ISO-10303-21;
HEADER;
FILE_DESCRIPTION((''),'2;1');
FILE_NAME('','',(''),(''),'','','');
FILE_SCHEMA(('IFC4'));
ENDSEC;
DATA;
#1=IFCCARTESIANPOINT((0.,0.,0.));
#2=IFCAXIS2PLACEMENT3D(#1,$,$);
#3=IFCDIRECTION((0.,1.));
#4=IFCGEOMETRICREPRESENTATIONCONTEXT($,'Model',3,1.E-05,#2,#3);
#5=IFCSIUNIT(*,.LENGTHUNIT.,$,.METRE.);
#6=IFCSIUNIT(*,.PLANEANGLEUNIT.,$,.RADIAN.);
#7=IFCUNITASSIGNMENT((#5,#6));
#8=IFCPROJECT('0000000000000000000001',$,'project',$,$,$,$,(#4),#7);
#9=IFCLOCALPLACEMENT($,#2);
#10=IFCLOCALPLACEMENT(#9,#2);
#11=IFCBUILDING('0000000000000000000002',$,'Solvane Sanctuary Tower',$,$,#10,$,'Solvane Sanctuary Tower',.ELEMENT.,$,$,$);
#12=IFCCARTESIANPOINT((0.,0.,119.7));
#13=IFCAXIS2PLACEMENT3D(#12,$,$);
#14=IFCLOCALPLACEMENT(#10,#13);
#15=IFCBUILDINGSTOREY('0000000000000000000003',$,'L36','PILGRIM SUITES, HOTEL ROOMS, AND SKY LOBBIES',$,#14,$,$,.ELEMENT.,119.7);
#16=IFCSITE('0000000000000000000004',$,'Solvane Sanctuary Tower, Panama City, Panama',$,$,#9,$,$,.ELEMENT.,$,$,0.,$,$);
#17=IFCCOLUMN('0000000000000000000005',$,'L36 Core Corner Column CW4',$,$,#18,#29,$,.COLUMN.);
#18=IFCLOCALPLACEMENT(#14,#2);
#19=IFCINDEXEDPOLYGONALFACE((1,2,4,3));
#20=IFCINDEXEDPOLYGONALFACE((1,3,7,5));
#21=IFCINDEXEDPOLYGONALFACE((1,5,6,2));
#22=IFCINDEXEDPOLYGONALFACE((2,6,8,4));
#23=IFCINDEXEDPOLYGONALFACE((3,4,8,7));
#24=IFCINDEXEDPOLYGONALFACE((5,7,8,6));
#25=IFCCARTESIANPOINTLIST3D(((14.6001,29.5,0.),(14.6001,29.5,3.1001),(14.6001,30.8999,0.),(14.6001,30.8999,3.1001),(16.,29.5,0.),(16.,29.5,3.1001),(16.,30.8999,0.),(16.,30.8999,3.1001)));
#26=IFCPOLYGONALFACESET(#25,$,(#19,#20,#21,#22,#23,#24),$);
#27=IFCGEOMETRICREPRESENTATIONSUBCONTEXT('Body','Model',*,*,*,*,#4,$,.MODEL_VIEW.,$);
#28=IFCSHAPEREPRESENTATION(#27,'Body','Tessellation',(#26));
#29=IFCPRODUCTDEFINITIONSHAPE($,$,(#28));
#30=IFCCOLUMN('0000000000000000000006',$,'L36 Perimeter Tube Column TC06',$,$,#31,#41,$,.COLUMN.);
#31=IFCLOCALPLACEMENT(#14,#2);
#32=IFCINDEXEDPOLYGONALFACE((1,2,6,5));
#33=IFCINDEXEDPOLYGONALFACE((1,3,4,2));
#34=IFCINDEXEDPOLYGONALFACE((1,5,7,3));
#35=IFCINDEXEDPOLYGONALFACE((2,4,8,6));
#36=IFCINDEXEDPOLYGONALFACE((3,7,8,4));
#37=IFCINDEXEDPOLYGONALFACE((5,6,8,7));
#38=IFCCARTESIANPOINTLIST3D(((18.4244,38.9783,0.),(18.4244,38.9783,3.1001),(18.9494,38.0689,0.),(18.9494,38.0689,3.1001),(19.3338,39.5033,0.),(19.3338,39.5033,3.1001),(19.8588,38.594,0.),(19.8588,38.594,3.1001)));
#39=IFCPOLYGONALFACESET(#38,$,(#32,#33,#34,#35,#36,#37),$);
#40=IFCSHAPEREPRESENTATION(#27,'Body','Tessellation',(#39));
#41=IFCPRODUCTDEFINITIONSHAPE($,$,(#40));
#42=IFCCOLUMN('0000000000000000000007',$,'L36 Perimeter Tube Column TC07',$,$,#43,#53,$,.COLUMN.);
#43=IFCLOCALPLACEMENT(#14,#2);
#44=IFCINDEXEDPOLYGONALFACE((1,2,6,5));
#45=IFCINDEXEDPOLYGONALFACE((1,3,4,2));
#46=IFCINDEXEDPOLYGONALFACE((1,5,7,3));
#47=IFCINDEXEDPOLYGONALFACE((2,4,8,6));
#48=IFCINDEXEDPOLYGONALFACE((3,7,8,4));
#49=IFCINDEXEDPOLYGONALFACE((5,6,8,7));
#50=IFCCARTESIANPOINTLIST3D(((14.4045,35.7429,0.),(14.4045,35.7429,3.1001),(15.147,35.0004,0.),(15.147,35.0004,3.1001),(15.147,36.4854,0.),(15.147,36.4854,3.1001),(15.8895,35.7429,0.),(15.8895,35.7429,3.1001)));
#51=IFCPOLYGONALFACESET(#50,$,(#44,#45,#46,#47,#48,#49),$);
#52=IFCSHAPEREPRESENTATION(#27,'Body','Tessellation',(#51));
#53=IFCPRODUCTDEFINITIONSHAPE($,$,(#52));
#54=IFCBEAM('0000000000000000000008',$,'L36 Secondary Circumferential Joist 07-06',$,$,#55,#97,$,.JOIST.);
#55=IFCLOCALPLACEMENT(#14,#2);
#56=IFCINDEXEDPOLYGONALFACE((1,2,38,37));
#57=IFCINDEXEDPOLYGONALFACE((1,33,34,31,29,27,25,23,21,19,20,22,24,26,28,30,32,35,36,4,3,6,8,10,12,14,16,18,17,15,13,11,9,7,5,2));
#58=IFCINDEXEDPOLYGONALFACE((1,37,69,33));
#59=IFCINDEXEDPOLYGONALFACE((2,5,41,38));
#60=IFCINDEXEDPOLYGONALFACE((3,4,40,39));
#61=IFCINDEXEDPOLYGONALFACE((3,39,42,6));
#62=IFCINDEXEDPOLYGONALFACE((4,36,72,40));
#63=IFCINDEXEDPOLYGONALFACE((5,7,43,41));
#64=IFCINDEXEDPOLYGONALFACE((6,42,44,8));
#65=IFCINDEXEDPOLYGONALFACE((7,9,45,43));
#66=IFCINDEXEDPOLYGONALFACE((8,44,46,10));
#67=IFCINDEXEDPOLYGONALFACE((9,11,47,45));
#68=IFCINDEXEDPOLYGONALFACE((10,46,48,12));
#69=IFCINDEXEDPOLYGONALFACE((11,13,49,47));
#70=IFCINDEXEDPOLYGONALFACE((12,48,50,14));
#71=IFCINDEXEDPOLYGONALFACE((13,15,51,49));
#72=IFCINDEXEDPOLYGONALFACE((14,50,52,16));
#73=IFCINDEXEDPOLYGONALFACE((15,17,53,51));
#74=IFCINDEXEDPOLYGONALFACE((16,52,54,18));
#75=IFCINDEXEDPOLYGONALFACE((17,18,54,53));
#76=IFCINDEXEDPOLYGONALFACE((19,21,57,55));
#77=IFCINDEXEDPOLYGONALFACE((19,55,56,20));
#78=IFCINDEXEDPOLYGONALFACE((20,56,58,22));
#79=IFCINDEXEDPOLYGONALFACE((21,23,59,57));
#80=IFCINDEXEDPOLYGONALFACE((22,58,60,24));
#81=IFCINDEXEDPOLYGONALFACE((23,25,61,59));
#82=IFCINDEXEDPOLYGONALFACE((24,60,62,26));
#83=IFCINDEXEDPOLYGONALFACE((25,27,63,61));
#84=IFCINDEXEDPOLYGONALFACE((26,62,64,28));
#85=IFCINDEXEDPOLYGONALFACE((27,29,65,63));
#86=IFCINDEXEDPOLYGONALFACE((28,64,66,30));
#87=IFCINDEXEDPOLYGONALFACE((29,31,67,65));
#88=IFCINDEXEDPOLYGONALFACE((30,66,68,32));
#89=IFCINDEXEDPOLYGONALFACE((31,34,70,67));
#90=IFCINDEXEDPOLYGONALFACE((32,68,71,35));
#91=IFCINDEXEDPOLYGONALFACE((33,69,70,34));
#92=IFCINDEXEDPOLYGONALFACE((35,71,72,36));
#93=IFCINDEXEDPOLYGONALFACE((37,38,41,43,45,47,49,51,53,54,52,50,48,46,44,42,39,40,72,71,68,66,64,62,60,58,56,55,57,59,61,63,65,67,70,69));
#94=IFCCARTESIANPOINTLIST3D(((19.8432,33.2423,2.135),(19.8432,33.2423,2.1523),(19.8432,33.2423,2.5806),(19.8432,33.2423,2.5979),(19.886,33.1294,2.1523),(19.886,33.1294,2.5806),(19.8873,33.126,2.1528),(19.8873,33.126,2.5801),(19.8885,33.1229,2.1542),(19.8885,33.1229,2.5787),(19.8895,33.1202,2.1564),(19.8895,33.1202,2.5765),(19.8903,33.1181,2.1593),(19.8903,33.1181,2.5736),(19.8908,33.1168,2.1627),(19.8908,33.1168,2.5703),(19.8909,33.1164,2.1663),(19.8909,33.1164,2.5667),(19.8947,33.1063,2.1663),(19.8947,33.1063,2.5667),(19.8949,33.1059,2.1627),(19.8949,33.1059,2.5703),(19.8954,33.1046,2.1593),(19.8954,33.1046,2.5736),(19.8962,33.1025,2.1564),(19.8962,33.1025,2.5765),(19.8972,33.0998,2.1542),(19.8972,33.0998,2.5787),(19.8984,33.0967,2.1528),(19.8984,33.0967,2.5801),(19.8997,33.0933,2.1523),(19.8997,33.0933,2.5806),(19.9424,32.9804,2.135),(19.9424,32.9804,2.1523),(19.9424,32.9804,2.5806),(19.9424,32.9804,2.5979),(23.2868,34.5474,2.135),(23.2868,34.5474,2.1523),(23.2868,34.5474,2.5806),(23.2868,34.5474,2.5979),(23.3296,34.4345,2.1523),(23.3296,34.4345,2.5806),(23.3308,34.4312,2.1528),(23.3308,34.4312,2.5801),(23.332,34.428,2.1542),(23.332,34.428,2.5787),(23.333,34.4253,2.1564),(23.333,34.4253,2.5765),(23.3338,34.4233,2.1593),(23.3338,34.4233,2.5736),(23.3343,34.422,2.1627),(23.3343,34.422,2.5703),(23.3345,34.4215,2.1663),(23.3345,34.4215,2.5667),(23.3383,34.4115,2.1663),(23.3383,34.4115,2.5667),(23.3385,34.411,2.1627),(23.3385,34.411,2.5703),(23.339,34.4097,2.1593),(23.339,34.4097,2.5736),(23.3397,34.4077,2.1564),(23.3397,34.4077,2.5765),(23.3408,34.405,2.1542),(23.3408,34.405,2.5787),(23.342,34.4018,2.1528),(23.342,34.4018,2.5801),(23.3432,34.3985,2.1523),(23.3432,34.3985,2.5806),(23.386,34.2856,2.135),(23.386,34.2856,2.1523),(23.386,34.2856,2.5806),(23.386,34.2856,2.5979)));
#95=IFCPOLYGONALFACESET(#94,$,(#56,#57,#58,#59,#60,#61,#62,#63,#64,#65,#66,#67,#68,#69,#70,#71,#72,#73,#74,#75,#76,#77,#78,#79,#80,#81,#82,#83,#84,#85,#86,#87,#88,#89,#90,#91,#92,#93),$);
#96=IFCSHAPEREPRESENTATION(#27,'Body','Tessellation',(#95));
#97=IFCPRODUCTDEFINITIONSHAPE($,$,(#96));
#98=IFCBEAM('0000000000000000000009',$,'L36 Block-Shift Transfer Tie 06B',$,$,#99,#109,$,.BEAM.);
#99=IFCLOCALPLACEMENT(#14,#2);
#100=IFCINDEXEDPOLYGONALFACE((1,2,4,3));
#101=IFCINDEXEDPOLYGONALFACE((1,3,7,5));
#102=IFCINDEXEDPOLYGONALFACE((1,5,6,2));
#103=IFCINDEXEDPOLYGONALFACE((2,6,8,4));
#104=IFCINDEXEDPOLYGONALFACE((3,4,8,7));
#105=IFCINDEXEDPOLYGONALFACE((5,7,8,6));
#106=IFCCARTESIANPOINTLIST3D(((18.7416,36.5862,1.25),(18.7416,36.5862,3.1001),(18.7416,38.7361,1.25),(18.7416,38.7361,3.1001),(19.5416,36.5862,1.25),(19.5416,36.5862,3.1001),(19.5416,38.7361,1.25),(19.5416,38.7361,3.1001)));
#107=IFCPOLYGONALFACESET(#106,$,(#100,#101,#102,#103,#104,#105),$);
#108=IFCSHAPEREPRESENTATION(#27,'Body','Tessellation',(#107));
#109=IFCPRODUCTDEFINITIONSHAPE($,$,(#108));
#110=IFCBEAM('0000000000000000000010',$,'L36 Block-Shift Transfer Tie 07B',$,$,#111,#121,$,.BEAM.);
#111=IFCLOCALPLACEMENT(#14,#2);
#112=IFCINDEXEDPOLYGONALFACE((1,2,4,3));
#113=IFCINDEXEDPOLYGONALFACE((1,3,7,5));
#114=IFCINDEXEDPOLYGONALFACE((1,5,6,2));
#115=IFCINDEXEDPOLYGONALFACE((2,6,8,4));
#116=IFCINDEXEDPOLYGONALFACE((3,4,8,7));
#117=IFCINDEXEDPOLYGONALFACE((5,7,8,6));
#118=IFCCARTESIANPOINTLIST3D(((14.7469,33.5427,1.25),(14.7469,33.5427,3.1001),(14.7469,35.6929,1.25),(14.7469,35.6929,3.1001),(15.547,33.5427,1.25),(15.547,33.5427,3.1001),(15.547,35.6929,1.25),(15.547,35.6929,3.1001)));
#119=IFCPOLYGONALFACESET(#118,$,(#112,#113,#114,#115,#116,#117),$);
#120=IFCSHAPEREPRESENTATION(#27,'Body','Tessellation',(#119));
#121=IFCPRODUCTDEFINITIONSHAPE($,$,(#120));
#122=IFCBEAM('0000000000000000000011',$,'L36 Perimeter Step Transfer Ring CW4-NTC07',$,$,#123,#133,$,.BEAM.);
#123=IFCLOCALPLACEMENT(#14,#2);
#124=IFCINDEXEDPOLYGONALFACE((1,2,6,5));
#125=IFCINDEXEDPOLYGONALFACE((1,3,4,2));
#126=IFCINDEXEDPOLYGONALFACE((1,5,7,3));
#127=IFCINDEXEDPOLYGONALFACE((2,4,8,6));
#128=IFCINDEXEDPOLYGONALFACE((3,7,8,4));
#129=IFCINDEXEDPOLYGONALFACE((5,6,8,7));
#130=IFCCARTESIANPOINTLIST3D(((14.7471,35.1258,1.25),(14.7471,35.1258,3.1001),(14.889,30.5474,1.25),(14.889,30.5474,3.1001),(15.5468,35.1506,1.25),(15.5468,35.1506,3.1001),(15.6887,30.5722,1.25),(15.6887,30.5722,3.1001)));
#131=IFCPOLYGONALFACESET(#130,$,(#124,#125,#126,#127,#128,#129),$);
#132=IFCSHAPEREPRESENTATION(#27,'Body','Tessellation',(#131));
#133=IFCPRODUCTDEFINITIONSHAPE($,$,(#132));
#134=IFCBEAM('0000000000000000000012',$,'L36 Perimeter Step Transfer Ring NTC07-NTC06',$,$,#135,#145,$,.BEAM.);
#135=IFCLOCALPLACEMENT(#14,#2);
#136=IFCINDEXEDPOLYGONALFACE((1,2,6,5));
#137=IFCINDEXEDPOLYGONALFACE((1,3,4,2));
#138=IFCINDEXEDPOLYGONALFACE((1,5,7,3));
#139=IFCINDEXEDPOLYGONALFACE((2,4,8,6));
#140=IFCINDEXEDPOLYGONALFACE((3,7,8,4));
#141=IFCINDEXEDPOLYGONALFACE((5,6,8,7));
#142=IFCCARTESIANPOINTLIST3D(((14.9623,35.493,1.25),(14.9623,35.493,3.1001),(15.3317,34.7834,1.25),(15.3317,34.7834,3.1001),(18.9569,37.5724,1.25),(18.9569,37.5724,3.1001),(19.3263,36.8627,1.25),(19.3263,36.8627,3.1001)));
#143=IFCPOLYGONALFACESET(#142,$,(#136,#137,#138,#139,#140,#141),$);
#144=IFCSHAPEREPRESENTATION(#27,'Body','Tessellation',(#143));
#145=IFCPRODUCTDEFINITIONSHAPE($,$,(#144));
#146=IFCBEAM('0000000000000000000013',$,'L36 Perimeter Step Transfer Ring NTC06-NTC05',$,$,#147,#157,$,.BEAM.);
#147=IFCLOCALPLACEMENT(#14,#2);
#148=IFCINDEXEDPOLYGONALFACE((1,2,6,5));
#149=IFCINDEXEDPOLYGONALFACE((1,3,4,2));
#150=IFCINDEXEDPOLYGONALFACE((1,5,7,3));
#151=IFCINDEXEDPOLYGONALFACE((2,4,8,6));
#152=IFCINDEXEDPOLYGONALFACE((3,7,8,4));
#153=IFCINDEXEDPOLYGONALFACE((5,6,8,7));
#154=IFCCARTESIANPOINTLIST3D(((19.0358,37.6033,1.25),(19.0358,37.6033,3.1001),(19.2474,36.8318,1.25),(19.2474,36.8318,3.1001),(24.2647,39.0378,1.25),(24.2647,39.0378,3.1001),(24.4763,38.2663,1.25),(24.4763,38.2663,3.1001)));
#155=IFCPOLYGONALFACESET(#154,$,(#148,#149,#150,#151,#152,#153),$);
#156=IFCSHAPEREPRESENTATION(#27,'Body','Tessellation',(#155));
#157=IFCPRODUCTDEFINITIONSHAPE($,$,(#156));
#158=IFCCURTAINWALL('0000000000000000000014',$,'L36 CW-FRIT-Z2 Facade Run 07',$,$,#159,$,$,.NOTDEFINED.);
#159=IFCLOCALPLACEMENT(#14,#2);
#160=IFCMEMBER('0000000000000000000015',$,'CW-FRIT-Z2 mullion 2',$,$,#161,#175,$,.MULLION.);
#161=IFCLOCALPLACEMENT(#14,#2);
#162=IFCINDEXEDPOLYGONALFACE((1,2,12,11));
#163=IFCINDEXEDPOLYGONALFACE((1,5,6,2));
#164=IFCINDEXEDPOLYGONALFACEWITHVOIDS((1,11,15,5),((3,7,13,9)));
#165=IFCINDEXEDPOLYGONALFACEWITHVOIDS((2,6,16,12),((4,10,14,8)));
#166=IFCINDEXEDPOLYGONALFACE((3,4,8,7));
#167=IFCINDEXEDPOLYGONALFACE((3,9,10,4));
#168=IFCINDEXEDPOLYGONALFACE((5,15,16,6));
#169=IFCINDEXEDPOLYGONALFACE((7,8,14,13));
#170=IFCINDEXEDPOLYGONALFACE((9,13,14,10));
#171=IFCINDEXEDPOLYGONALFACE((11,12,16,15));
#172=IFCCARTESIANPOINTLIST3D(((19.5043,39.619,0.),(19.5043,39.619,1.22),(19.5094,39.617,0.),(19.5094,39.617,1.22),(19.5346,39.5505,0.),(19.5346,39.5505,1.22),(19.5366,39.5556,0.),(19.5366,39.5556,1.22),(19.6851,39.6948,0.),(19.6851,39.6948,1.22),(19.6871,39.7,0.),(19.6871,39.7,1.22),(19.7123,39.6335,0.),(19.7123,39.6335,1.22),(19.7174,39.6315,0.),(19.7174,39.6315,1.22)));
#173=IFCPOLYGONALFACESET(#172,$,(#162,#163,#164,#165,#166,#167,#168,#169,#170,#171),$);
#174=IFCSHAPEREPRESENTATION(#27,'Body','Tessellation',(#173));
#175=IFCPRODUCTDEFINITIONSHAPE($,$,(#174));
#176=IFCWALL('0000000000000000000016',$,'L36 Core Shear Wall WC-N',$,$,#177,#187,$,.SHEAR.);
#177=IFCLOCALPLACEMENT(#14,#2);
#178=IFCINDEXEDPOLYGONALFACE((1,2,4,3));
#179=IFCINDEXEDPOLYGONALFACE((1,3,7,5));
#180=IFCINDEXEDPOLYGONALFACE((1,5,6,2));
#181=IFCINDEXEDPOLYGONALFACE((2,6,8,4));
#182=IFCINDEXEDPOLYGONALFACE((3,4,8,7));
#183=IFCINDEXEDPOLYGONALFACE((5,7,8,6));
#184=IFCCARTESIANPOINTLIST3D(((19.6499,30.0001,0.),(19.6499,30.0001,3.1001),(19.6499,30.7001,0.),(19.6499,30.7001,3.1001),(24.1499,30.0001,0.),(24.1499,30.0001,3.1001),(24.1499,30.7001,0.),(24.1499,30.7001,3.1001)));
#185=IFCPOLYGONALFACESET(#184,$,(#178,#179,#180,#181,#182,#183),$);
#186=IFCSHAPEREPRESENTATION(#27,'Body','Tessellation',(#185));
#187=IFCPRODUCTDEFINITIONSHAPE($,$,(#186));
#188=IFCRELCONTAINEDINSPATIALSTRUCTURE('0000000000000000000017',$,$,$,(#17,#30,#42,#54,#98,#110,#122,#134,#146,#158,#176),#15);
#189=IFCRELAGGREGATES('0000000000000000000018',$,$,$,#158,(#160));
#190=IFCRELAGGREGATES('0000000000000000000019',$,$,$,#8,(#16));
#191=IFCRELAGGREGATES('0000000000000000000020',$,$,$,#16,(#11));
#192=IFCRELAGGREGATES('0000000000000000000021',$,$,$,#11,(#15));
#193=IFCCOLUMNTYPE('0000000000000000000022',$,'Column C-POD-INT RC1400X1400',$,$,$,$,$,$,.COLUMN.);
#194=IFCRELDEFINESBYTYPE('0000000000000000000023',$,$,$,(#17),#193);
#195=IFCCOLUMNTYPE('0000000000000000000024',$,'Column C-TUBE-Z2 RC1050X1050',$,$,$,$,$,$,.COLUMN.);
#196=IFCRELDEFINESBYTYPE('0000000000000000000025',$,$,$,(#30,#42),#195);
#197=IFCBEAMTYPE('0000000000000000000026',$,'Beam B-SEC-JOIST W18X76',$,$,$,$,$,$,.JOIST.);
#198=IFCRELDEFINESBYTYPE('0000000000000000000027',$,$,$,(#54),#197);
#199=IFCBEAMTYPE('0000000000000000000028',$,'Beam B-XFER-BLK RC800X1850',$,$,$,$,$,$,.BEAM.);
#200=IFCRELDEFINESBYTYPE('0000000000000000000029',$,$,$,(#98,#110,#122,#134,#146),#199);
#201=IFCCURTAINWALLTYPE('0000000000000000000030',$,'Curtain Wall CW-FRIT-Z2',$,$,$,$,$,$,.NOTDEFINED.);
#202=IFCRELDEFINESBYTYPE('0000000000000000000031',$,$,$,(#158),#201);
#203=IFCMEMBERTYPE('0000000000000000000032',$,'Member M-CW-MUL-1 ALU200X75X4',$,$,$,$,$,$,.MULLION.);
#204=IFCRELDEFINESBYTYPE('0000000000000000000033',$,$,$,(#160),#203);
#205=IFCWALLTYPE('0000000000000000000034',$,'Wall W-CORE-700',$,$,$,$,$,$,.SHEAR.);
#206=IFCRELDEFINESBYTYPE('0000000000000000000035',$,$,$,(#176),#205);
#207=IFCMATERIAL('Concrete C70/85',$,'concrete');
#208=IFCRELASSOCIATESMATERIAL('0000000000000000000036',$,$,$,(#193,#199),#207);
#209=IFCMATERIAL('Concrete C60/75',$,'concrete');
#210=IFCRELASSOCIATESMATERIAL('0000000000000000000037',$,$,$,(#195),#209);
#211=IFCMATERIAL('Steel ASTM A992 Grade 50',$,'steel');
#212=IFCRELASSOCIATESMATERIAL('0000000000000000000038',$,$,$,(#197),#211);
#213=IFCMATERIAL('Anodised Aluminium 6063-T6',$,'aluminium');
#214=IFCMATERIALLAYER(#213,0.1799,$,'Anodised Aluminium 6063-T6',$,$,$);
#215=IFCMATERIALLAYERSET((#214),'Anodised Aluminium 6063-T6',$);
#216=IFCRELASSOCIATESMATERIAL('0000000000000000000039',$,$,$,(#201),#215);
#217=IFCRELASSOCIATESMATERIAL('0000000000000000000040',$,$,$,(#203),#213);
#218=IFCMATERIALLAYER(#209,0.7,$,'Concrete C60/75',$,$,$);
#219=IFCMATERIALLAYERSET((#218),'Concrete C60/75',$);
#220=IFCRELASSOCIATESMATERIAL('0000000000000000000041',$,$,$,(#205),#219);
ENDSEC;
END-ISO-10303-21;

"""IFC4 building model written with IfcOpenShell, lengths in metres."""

from ifc_helpers import new_model, si_unit, direction, frame, frame_2d, origin, origin_2d, place, context, subcontext, project, spatial, rectangle, hollow_rectangle, i_section, extrude, material, layer, layer_set, material_profile, profile_set, type_object, element, aggregate, save


model = new_model("IFC4")

# Units and contexts
model_context = context("Model", 3, precision=1e-05, world=origin(), true_north=direction((0.0, 1.0)))
body_context = subcontext(model_context, "Body", "Model", "MODEL_VIEW")
ifc_project = project(units=[si_unit("LENGTHUNIT", "METRE"), si_unit("PLANEANGLEUNIT", "RADIAN")], contexts=[model_context])

# Site, building, storey
site_placement = place(None, origin())
site = spatial("IfcSite", under=ifc_project, at=site_placement, Name="Solvane Sanctuary Tower, Panama City, Panama", CompositionType="ELEMENT", RefElevation=0.0)
building_placement = place(site_placement, origin())
building = spatial("IfcBuilding", under=site, at=building_placement, Name="Solvane Sanctuary Tower", LongName="Solvane Sanctuary Tower", CompositionType="ELEMENT")
storey_placement = place(building_placement, frame((0.0, 0.0, 119.7)))
storey = spatial("IfcBuildingStorey", under=building, at=storey_placement, Name="L36", Description="PILGRIM SUITES, HOTEL ROOMS, AND SKY LOBBIES", CompositionType="ELEMENT", Elevation=119.7)

# Columns
ifc_material_1 = material(Name="Concrete C70/85", Category="concrete")
ifc_material_profile_1 = material_profile(ifc_material_1, rectangle(XDim=1.3999, YDim=1.3999, at=origin_2d()), Name="RC1400X1400")
ifc_profile_set_1 = profile_set([ifc_material_profile_1], Name="Concrete C70/85")
column_type_1 = type_object("IfcColumnType", Name="Column C-POD-INT RC1400X1400", PredefinedType="COLUMN", material=ifc_profile_set_1)
column_placement = place(storey_placement, frame((15.3, 30.2, 0.0), z_axis=(0.0, 0.0, 1.0), x_axis=(1.0, 0.0, 0.0)))
element("IfcColumn", 1, at=column_placement, inside=storey, type_object=column_type_1, Name="L36 Core Corner Column CW4", PredefinedType="COLUMN", context=body_context, shape_type="SweptSolid", body=[
    extrude(rectangle(XDim=1.3999, YDim=1.3999, at=origin_2d()), origin(), (0.0, 0.0, 1.0), 3.1001),
])
ifc_material_2 = material(Name="Concrete C60/75", Category="concrete")
ifc_material_profile_2 = material_profile(ifc_material_2, rectangle(XDim=1.05, YDim=1.05, at=origin_2d()), Name="RC1050X1050")
ifc_profile_set_2 = profile_set([ifc_material_profile_2], Name="Concrete C60/75")
column_type_2 = type_object("IfcColumnType", Name="Column C-TUBE-Z2 RC1050X1050", PredefinedType="COLUMN", material=ifc_profile_set_2)
for number, where, z_axis, x_axis, name in (
    (2, (19.1416, 38.7861, 0.0), (0.0, 0.0, 1.0), (-0.5, 0.866025, 0.0), "L36 Perimeter Tube Column TC06"),
    (3, (15.147, 35.7429, 0.0), (0.0, 0.0, 1.0), (-0.707107, 0.707107, 0.0), "L36 Perimeter Tube Column TC07"),
):
    element("IfcColumn", number, at=place(storey_placement, frame(where, z_axis=z_axis, x_axis=x_axis)), inside=storey, type_object=column_type_2, Name=name, PredefinedType="COLUMN", context=body_context, shape_type="SweptSolid", body=[
        extrude(rectangle(XDim=1.05, YDim=1.05, at=origin_2d()), origin(), (0.0, 0.0, 1.0), 3.1001),
    ])

# Beams
ifc_material_3 = material(Name="Steel ASTM A992 Grade 50", Category="steel")
ifc_material_profile_3 = material_profile(ifc_material_3, i_section(OverallWidth=0.28, OverallDepth=0.4629, WebThickness=0.0107, FlangeThickness=0.0173, FilletRadius=0.0139, at=origin_2d()), Name="W18X76")
ifc_profile_set_3 = profile_set([ifc_material_profile_3], Name="Steel ASTM A992 Grade 50")
beam_type_1 = type_object("IfcBeamType", Name="Beam B-SEC-JOIST W18X76", PredefinedType="JOIST", material=ifc_profile_set_3)
beam_1_placement = place(storey_placement, frame((19.8928, 33.1113, 2.3665), z_axis=(0.935089, 0.354412, 0.0), x_axis=(-0.354412, 0.935089, 0.0)))
element("IfcBeam", 4, at=beam_1_placement, inside=storey, type_object=beam_type_1, Name="L36 Secondary Circumferential Joist 07-06", PredefinedType="JOIST", context=body_context, shape_type="SweptSolid", body=[
    extrude(i_section(OverallWidth=0.28, OverallDepth=0.4629, WebThickness=0.0107, FlangeThickness=0.0173, FilletRadius=0.0139, at=origin_2d()), origin(), (0.0, 0.0, 1.0), 3.6826),
])
ifc_material_profile_4 = material_profile(ifc_material_1, rectangle(XDim=0.8, YDim=1.8501, at=origin_2d()), Name="RC800X1850")
ifc_profile_set_4 = profile_set([ifc_material_profile_4], Name="Concrete C70/85")
beam_type_2 = type_object("IfcBeamType", Name="Beam B-XFER-BLK RC800X1850", PredefinedType="BEAM", material=ifc_profile_set_4)
beam_2_placement = place(storey_placement, frame((19.1416, 38.7361, 2.175), z_axis=(0.0, -1.0, 0.0), x_axis=(1.0, 0.0, 0.0)))
element("IfcBeam", 5, at=beam_2_placement, inside=storey, type_object=beam_type_2, Name="L36 Block-Shift Transfer Tie 06B", PredefinedType="BEAM", context=body_context, shape_type="SweptSolid", body=[
    extrude(rectangle(XDim=0.8, YDim=1.8501, at=origin_2d()), origin(), (0.0, 0.0, 1.0), 2.1499),
])
beam_3_placement = place(storey_placement, frame((15.147, 35.6929, 2.175), z_axis=(0.0, -1.0, 0.0), x_axis=(1.0, 0.0, 0.0)))
element("IfcBeam", 6, at=beam_3_placement, inside=storey, type_object=beam_type_2, Name="L36 Block-Shift Transfer Tie 07B", PredefinedType="BEAM", context=body_context, shape_type="SweptSolid", body=[
    extrude(rectangle(XDim=0.8, YDim=1.8501, at=origin_2d()), origin(), (0.0, 0.0, 1.0), 2.1501),
])
beam_4_placement = place(storey_placement, frame((15.2888, 30.5598, 2.175), z_axis=(-0.030967, 0.99952, 0.0), x_axis=(-0.99952, -0.030967, 0.0)))
element("IfcBeam", 7, at=beam_4_placement, inside=storey, type_object=beam_type_2, Name="L36 Perimeter Step Transfer Ring CW4-NTC07", PredefinedType="BEAM", context=body_context, shape_type="SweptSolid", body=[
    extrude(rectangle(XDim=0.8, YDim=1.8501, at=origin_2d()), origin(), (0.0, 0.0, 1.0), 4.5806),
])
beam_5_placement = place(storey_placement, frame((15.147, 35.1382, 2.175), z_axis=(0.887022, 0.461727, 0.0), x_axis=(-0.461727, 0.887022, 0.0)))
element("IfcBeam", 8, at=beam_5_placement, inside=storey, type_object=beam_type_2, Name="L36 Perimeter Step Transfer Ring NTC07-NTC06", PredefinedType="BEAM", context=body_context, shape_type="SweptSolid", body=[
    extrude(rectangle(XDim=0.8, YDim=1.8501, at=origin_2d()), origin(), (0.0, 0.0, 1.0), 4.5034),
])
beam_6_placement = place(storey_placement, frame((19.1416, 37.2175, 2.175), z_axis=(0.964366, 0.264572, 0.0), x_axis=(-0.264572, 0.964366, 0.0)))
element("IfcBeam", 9, at=beam_6_placement, inside=storey, type_object=beam_type_2, Name="L36 Perimeter Step Transfer Ring NTC06-NTC05", PredefinedType="BEAM", context=body_context, shape_type="SweptSolid", body=[
    extrude(rectangle(XDim=0.8, YDim=1.8501, at=origin_2d()), origin(), (0.0, 0.0, 1.0), 5.4221),
])

# Curtain wall, member
ifc_material_4 = material(Name="Anodised Aluminium 6063-T6", Category="aluminium")
ifc_layer_1 = layer(ifc_material_4, 0.1799, Name="Anodised Aluminium 6063-T6")
ifc_layer_set_1 = layer_set([ifc_layer_1], Name="Anodised Aluminium 6063-T6")
curtain_wall_type = type_object("IfcCurtainWallType", Name="Curtain Wall CW-FRIT-Z2", PredefinedType="NOTDEFINED", material=ifc_layer_set_1)
curtain_wall_placement = place(storey_placement, origin())
curtain_wall = element("IfcCurtainWall", 10, at=curtain_wall_placement, inside=storey, type_object=curtain_wall_type, Name="L36 CW-FRIT-Z2 Facade Run 07", PredefinedType="NOTDEFINED")
ifc_material_profile_5 = material_profile(ifc_material_4, hollow_rectangle(XDim=0.075, YDim=0.2, WallThickness=0.0039, at=origin_2d()), Name="ALU200X75X4")
ifc_profile_set_5 = profile_set([ifc_material_profile_5], Name="Anodised Aluminium 6063-T6")
member_type = type_object("IfcMemberType", Name="Member M-CW-MUL-1 ALU200X75X4", PredefinedType="MULLION", material=ifc_profile_set_5)
member_placement = place(storey_placement, frame((19.6108, 39.6252, 0.0), z_axis=(0.0, 0.0, 1.0), x_axis=(0.404951, -0.914339, 0.0)))
member = element("IfcMember", 11, at=member_placement, type_object=member_type, Name="CW-FRIT-Z2 mullion 2", PredefinedType="MULLION", context=body_context, shape_type="SweptSolid", body=[
    extrude(hollow_rectangle(XDim=0.075, YDim=0.2, WallThickness=0.0039, at=origin_2d()), origin(), (0.0, 0.0, 1.0), 1.22),
])
aggregate(curtain_wall, [member])

# Wall
ifc_layer_2 = layer(ifc_material_2, 0.7, Name="Concrete C60/75")
ifc_layer_set_2 = layer_set([ifc_layer_2], Name="Concrete C60/75")
wall_type_1 = type_object("IfcWallType", Name="Wall W-CORE-700", PredefinedType="SHEAR", material=ifc_layer_set_2)
wall_1_placement = place(storey_placement, frame((19.6499, 30.3501, 0.0), z_axis=(0.0, 0.0, 1.0), x_axis=(1.0, 0.0, 0.0)))
element("IfcWall", 12, at=wall_1_placement, inside=storey, type_object=wall_type_1, Name="L36 Core Shear Wall WC-N", PredefinedType="SHEAR", context=body_context, shape_type="SweptSolid", body=[
    extrude(rectangle(XDim=4.5, YDim=0.7, at=frame_2d((2.25, 0.0))), origin(), (0.0, 0.0, 1.0), 3.1001),
])

save(model, "model.ifc")
